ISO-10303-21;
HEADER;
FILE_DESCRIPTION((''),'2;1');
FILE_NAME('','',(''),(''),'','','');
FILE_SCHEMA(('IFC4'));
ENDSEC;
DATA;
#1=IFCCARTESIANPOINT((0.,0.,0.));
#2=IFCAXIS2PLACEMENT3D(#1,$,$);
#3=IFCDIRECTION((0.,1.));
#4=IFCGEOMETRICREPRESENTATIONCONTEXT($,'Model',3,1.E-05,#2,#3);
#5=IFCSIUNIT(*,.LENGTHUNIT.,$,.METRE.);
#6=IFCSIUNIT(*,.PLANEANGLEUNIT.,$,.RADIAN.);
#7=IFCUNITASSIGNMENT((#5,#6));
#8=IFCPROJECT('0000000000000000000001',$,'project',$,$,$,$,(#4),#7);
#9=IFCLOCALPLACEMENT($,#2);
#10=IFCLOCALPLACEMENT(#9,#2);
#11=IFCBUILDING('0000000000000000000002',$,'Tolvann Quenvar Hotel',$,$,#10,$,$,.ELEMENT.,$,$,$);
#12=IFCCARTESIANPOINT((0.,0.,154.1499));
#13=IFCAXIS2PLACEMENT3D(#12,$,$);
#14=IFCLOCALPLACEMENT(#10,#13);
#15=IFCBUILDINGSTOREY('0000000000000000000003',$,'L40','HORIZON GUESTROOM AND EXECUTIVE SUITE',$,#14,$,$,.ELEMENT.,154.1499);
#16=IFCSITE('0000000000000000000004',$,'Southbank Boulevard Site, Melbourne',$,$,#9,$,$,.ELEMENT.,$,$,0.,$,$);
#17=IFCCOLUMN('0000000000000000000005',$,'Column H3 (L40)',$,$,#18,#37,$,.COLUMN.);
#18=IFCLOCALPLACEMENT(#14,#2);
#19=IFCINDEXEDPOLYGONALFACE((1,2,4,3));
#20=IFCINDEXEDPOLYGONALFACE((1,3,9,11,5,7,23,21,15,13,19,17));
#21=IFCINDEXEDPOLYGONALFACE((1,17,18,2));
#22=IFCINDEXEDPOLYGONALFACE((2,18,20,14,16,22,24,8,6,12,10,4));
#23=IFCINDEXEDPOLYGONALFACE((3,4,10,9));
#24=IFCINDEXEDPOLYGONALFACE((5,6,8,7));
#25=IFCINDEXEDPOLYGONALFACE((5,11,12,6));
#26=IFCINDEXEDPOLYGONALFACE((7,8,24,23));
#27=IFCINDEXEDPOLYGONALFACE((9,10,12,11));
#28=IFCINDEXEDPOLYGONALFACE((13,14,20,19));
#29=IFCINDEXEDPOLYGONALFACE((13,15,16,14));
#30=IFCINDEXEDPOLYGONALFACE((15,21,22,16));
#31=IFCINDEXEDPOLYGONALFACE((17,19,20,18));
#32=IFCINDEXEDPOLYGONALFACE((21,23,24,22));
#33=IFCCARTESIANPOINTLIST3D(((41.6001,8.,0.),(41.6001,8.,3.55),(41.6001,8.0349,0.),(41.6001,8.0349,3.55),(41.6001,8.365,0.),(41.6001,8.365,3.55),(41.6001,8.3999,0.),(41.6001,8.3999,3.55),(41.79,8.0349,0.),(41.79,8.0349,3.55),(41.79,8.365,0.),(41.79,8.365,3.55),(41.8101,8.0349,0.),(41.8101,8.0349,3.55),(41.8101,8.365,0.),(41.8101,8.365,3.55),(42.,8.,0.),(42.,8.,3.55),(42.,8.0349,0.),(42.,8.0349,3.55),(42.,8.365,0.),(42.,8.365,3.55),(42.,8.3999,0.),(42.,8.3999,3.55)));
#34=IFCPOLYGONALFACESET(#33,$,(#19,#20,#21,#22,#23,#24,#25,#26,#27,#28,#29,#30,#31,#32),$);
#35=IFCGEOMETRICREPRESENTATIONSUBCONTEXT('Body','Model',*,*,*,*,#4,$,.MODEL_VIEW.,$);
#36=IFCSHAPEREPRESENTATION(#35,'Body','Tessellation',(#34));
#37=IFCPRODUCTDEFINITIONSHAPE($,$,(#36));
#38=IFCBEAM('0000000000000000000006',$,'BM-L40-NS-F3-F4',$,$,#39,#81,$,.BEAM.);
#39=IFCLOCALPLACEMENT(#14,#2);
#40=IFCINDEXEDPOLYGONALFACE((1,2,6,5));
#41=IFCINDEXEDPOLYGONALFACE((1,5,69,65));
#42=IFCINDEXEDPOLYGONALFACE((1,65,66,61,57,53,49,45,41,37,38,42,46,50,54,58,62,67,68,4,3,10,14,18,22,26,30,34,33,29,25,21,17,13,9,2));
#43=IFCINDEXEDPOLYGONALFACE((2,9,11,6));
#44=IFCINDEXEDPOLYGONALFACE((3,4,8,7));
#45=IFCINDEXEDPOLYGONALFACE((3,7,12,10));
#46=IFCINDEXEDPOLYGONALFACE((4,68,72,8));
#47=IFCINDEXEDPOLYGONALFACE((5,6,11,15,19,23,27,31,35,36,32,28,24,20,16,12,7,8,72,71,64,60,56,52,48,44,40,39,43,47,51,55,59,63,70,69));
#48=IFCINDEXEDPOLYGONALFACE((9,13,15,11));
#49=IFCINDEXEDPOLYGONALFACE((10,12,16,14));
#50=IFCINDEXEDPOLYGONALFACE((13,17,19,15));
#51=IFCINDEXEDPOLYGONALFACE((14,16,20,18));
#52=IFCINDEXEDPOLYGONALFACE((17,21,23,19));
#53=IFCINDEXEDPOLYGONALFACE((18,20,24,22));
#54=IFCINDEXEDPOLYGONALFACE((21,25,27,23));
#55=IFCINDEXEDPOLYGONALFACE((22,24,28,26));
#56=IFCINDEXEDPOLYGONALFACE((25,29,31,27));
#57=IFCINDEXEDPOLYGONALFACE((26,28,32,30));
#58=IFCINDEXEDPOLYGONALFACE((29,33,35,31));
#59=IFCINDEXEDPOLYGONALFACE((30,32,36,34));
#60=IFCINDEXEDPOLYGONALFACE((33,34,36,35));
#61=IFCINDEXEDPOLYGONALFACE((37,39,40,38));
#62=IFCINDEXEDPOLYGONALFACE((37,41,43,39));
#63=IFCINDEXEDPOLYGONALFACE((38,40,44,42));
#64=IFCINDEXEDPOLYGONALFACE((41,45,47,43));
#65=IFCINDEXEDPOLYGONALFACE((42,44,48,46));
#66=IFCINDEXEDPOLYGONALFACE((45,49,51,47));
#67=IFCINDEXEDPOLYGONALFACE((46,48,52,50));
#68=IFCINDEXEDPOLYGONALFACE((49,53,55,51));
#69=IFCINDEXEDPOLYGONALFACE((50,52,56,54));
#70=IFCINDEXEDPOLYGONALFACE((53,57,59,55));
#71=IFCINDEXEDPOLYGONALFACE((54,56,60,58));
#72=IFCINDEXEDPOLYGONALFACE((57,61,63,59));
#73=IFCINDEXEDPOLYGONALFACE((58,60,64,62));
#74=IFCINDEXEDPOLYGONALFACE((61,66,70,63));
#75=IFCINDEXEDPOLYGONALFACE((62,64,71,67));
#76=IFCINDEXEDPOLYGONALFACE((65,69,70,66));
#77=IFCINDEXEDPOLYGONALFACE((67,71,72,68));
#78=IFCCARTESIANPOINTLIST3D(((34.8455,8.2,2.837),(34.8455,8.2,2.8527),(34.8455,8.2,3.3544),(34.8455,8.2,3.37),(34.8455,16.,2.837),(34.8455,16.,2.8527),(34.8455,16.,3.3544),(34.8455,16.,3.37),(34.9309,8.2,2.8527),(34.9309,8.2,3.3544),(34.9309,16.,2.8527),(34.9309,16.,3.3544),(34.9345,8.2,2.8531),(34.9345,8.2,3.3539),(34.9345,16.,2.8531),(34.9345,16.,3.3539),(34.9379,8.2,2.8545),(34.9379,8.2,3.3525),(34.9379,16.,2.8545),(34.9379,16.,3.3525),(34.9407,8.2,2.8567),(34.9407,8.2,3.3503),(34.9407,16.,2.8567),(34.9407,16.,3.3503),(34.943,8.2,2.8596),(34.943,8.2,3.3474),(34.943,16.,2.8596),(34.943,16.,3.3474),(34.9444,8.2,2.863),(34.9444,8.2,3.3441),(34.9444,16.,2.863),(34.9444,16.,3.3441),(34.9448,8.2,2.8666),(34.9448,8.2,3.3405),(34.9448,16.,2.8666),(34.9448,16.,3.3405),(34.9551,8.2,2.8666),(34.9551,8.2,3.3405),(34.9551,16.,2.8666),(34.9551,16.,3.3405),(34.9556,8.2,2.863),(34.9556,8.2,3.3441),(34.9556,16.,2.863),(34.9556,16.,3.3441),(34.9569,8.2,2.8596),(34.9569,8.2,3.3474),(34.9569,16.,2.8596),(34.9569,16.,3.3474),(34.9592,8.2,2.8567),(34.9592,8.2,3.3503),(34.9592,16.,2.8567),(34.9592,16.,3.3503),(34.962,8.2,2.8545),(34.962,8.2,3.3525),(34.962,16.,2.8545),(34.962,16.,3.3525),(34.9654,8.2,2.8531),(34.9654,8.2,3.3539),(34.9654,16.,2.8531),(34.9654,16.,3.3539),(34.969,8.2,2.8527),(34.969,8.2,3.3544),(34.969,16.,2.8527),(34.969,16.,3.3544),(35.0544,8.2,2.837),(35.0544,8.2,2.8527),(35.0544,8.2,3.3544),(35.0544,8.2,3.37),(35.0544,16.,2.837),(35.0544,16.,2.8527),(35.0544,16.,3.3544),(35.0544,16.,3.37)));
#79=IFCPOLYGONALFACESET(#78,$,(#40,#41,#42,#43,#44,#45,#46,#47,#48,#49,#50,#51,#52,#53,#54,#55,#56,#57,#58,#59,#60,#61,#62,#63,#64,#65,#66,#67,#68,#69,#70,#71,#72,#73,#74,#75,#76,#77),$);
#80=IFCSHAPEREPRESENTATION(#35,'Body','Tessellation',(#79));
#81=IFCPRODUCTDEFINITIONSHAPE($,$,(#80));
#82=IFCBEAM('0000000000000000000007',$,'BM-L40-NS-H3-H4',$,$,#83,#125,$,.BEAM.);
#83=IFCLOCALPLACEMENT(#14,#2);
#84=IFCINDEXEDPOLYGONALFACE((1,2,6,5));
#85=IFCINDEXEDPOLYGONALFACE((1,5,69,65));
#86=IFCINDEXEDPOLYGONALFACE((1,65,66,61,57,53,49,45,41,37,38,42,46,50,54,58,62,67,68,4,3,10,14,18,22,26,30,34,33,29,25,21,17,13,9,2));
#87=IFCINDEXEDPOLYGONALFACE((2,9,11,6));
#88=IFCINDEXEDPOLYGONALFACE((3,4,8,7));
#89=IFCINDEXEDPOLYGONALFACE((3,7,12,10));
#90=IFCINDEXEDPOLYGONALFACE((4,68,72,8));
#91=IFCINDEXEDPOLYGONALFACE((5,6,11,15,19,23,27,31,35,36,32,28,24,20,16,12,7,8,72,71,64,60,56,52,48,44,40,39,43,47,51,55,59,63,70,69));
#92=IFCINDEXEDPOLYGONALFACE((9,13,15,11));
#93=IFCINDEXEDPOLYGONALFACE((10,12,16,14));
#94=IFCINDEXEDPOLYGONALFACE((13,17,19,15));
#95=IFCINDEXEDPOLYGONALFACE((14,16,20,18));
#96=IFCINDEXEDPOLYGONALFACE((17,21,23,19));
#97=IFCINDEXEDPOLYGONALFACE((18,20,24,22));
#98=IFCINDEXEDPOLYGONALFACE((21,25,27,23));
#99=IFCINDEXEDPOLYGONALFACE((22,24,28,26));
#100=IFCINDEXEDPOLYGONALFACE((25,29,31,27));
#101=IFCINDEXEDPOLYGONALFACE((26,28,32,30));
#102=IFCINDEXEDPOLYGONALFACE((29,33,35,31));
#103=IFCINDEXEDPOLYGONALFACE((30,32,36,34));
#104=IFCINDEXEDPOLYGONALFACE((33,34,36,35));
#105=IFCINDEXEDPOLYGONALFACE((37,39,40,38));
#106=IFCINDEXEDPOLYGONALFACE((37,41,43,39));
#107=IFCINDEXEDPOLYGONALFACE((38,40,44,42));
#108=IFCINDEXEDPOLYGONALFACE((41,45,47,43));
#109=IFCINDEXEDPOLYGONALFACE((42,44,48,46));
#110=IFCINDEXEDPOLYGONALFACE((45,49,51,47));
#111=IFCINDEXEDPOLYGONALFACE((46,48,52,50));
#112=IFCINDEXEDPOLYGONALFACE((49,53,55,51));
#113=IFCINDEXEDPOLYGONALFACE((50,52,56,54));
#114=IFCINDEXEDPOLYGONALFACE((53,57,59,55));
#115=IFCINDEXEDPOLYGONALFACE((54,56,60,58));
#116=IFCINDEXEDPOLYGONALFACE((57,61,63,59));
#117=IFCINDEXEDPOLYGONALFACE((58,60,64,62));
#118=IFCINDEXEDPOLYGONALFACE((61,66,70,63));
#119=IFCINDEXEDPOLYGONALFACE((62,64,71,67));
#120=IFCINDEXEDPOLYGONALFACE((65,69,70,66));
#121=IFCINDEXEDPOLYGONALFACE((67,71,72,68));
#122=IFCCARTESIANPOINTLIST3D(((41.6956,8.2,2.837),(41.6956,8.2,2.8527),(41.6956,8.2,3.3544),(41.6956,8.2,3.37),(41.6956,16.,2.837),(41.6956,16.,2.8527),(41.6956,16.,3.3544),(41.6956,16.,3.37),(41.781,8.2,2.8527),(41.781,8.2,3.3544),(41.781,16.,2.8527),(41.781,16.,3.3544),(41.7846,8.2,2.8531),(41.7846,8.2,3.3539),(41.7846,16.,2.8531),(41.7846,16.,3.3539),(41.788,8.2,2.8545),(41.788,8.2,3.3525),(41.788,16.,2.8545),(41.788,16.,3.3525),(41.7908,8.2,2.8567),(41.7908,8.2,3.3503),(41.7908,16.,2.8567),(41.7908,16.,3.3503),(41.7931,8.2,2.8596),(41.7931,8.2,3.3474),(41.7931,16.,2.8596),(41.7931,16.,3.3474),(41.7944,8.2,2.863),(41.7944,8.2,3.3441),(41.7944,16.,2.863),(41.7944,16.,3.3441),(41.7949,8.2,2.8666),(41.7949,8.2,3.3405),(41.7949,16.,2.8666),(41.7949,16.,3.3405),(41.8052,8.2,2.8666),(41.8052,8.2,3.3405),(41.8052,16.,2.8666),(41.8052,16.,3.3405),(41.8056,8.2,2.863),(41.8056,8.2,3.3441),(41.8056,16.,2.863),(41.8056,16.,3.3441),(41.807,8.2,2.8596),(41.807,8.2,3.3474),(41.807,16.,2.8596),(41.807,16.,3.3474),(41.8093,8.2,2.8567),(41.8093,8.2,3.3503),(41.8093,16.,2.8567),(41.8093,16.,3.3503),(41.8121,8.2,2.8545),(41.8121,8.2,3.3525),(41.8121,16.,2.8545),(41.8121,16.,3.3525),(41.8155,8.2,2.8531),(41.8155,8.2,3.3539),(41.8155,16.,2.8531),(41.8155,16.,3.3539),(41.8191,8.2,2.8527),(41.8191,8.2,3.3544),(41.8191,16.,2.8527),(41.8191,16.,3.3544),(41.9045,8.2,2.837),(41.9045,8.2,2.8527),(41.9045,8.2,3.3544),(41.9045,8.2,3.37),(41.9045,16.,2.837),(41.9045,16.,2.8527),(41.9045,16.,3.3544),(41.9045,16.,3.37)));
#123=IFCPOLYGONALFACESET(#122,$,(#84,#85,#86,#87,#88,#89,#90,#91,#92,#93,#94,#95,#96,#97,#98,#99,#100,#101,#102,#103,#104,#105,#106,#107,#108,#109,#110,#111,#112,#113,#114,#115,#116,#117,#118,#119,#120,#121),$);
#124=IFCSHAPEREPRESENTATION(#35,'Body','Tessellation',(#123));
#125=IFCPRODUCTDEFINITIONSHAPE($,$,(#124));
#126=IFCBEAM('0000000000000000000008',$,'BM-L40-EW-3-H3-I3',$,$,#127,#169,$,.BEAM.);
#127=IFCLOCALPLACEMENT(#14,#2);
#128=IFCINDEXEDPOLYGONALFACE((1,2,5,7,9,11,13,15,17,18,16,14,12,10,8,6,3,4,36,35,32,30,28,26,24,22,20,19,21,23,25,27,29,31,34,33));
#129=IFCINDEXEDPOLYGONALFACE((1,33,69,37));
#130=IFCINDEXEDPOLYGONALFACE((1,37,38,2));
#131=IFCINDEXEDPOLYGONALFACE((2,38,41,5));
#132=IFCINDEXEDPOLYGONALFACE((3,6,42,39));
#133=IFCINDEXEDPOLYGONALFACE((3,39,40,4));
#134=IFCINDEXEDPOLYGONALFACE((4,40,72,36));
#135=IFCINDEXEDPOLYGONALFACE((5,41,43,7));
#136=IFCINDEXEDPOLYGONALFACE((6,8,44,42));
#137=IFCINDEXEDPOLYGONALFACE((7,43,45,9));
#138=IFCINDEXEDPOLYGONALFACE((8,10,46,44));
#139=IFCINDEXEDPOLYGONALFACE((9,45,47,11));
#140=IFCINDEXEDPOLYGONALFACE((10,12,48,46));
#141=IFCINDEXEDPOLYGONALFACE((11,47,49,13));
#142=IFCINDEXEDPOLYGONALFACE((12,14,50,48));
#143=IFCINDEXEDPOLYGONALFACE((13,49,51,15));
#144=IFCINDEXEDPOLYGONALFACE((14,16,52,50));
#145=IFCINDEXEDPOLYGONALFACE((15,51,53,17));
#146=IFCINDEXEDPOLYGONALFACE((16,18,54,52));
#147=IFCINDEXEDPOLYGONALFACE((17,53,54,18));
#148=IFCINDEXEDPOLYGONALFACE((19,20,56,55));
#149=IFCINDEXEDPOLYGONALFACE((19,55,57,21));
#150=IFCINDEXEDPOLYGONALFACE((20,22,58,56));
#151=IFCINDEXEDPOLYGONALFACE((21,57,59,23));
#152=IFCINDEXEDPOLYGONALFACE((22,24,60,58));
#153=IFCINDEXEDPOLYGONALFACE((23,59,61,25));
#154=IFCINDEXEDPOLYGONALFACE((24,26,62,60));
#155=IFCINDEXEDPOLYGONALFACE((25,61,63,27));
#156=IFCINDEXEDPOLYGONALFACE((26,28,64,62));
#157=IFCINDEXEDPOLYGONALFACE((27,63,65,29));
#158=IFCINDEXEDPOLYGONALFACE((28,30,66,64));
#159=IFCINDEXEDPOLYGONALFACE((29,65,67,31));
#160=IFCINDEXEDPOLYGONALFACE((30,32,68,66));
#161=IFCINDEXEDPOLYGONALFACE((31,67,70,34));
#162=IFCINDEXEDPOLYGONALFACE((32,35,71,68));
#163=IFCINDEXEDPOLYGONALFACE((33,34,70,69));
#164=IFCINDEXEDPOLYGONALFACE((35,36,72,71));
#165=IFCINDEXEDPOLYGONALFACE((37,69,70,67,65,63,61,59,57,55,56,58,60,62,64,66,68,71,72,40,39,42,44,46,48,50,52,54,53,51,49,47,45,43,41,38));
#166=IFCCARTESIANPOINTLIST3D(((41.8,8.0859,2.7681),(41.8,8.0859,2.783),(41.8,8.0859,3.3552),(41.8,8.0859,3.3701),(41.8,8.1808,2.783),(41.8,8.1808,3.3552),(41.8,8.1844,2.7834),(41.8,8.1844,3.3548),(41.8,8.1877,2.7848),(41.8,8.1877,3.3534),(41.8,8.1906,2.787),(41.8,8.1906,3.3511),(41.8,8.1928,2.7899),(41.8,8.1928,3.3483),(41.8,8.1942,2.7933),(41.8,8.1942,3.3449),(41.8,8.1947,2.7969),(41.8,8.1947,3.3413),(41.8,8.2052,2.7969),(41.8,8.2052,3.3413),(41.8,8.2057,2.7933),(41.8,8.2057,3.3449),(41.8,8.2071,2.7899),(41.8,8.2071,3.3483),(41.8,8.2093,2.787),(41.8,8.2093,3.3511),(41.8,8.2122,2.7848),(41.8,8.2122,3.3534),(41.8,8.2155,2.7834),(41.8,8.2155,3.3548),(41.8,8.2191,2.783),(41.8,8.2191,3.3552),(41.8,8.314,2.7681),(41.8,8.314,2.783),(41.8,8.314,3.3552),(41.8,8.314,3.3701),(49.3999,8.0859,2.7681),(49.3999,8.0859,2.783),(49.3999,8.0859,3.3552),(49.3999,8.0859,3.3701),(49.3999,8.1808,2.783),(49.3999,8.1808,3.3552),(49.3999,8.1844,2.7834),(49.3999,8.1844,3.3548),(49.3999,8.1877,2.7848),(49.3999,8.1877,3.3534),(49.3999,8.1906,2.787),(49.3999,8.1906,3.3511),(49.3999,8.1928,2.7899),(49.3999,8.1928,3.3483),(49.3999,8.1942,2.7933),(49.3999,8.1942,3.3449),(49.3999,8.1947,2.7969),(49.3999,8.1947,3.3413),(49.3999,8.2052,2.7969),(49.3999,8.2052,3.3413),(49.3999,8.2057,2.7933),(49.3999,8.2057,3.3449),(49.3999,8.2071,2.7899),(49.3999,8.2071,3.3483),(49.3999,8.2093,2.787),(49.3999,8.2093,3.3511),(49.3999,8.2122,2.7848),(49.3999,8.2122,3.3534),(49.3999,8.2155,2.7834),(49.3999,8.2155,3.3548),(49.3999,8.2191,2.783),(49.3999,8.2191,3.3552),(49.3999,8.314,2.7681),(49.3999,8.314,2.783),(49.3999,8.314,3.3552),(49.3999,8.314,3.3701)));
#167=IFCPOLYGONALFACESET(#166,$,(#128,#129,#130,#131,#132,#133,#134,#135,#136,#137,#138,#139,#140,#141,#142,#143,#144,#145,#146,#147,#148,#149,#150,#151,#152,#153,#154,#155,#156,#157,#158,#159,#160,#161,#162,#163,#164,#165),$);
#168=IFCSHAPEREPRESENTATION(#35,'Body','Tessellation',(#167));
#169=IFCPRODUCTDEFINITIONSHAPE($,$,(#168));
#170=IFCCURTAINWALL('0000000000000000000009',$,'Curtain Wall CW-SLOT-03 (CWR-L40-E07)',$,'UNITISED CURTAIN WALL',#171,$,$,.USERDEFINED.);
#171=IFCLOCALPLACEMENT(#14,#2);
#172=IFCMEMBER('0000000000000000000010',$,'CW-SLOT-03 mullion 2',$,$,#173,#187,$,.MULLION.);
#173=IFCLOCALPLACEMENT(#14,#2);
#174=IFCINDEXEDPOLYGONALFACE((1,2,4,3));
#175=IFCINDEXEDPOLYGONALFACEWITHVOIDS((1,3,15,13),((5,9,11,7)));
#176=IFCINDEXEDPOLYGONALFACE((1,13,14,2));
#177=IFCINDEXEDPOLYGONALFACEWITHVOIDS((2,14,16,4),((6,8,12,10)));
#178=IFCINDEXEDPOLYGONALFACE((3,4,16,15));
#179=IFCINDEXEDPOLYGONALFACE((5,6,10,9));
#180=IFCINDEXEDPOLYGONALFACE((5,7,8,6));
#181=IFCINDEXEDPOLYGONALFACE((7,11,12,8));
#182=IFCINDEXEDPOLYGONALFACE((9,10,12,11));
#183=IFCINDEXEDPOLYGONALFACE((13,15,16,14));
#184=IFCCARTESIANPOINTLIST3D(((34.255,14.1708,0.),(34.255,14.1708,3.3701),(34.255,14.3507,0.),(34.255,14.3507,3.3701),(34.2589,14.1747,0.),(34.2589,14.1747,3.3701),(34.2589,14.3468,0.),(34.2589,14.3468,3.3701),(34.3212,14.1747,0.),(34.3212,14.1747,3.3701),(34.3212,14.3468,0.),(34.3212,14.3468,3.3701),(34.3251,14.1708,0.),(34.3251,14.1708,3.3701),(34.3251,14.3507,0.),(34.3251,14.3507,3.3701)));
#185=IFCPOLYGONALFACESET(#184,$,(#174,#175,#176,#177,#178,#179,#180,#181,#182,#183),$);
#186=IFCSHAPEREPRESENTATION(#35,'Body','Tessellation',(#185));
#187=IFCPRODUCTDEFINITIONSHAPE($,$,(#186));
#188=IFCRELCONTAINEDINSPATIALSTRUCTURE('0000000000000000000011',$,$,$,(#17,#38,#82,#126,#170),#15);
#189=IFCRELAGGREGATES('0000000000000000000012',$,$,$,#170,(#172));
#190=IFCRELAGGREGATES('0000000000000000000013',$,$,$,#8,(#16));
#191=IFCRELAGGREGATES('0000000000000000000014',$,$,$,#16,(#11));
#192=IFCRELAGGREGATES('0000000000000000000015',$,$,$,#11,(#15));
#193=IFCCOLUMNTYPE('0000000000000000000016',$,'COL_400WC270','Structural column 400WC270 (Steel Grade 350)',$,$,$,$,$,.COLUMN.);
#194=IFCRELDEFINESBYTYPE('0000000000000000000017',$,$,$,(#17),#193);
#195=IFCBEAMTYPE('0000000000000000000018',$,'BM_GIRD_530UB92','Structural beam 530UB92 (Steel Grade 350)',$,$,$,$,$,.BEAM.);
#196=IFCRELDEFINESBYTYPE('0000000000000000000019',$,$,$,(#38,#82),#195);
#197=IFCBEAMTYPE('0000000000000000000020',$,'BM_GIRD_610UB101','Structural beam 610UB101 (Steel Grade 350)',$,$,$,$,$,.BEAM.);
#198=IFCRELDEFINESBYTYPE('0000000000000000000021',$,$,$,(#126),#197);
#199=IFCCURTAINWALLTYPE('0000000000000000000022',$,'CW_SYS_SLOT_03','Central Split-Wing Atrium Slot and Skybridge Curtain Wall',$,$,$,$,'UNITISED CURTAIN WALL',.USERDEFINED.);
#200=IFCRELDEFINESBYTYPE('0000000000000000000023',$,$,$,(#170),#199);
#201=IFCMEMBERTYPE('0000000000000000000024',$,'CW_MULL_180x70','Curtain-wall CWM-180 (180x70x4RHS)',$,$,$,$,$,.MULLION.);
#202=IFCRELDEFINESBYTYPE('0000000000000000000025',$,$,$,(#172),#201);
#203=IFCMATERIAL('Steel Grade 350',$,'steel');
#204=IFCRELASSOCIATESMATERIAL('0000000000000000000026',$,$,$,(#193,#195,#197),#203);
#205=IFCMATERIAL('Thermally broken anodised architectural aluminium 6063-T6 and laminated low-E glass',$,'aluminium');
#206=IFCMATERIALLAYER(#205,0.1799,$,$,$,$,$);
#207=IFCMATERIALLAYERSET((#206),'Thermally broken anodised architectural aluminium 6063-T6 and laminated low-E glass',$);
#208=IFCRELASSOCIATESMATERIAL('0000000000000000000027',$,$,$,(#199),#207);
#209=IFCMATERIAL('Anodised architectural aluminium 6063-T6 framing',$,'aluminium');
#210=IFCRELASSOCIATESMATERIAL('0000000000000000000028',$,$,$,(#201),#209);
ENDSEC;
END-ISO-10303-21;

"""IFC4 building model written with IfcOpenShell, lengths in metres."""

from ifc_helpers import new_model, si_unit, direction, frame, origin, origin_2d, place, context, subcontext, project, spatial, hollow_rectangle, i_section, extrude, source, transform, mapped, material, layer, layer_set, material_profile, profile_set, type_object, type_shapes, element, aggregate, save


model = new_model("IFC4")

# Units and contexts
model_context = context("Model", 3, precision=1e-05, world=origin(), true_north=direction((0.0, 1.0)))
body_context = subcontext(model_context, "Body", "Model", "MODEL_VIEW")
ifc_project = project(units=[si_unit("LENGTHUNIT", "METRE"), si_unit("PLANEANGLEUNIT", "RADIAN")], contexts=[model_context])

# Site, building, storey
site_placement = place(None, origin())
site = spatial("IfcSite", under=ifc_project, at=site_placement, Name="Southbank Boulevard Site, Melbourne", CompositionType="ELEMENT", RefElevation=0.0)
building_placement = place(site_placement, origin())
building = spatial("IfcBuilding", under=site, at=building_placement, Name="Tolvann Quenvar Hotel", CompositionType="ELEMENT")
storey_placement = place(building_placement, frame((0.0, 0.0, 154.1499)))
storey = spatial("IfcBuildingStorey", under=building, at=storey_placement, Name="L40", Description="HORIZON GUESTROOM AND EXECUTIVE SUITE", CompositionType="ELEMENT", Elevation=154.1499)

# Column
ifc_material_1 = material(Name="Steel Grade 350", Category="steel")
ifc_material_profile_1 = material_profile(ifc_material_1, i_section(OverallWidth=0.3999, OverallDepth=0.3999, WebThickness=0.02, FlangeThickness=0.0349, at=origin_2d()), Name="400WC270")
ifc_profile_set_1 = profile_set([ifc_material_profile_1], Name="Steel Grade 350")
column_type = type_object("IfcColumnType", Name="COL_400WC270", Description="Structural column 400WC270 (Steel Grade 350)", PredefinedType="COLUMN", material=ifc_profile_set_1)
shared_shape_1 = source(origin(), body_context, "Body", "SweptSolid", [
    extrude(i_section(OverallWidth=0.3999, OverallDepth=0.3999, WebThickness=0.02, FlangeThickness=0.0349, at=origin_2d()), origin(), (0.0, 0.0, 1.0), 3.55),
])
type_shapes(column_type, [shared_shape_1])
column_placement = place(storey_placement, frame((41.8, 8.2, 0.0), z_axis=(0.0, 0.0, 1.0), x_axis=(1.0, 0.0, 0.0)))
element("IfcColumn", 1, at=column_placement, inside=storey, type_object=column_type, Name="Column H3 (L40)", PredefinedType="COLUMN", context=body_context, shape_type="MappedRepresentation", body=[
    mapped(shared_shape_1, transform((0.0, 0.0, 0.0), x_axis=(1.0, 0.0, 0.0), y_axis=(0.0, 1.0, 0.0), z_axis=(0.0, 0.0, 1.0), scale=1.0)),
])

# Beams
ifc_material_profile_2 = material_profile(ifc_material_1, i_section(OverallWidth=0.209, OverallDepth=0.533, WebThickness=0.0103, FlangeThickness=0.0156, FilletRadius=0.0139, at=origin_2d()), Name="530UB92")
ifc_profile_set_2 = profile_set([ifc_material_profile_2], Name="Steel Grade 350")
beam_type_1 = type_object("IfcBeamType", Name="BM_GIRD_530UB92", Description="Structural beam 530UB92 (Steel Grade 350)", PredefinedType="BEAM", material=ifc_profile_set_2)
shared_shape_2 = source(origin(), body_context, "Body", "SweptSolid", [
    extrude(i_section(OverallWidth=0.209, OverallDepth=0.533, WebThickness=0.0103, FlangeThickness=0.0156, FilletRadius=0.0139, at=origin_2d()), origin(), (0.0, 0.0, 1.0), 7.8),
])
type_shapes(beam_type_1, [shared_shape_2])
for number, where, z_axis, x_axis, name in (
    (2, (34.95, 8.2, 3.1035), (0.0, 1.0, 0.0), (-1.0, 0.0, 0.0), "BM-L40-NS-F3-F4"),
    (3, (41.8, 8.2, 3.1035), (0.0, 1.0, 0.0), (-1.0, 0.0, 0.0), "BM-L40-NS-H3-H4"),
):
    element("IfcBeam", number, at=place(storey_placement, frame(where, z_axis=z_axis, x_axis=x_axis)), inside=storey, type_object=beam_type_1, Name=name, PredefinedType="BEAM", context=body_context, shape_type="MappedRepresentation", body=[
        mapped(shared_shape_2, transform((0.0, 0.0, 0.0), x_axis=(1.0, 0.0, 0.0), y_axis=(0.0, 1.0, 0.0), z_axis=(0.0, 0.0, 1.0), scale=1.0)),
    ])
ifc_material_profile_3 = material_profile(ifc_material_1, i_section(OverallWidth=0.228, OverallDepth=0.6021, WebThickness=0.0105, FlangeThickness=0.0149, FilletRadius=0.0139, at=origin_2d()), Name="610UB101")
ifc_profile_set_3 = profile_set([ifc_material_profile_3], Name="Steel Grade 350")
beam_type_2 = type_object("IfcBeamType", Name="BM_GIRD_610UB101", Description="Structural beam 610UB101 (Steel Grade 350)", PredefinedType="BEAM", material=ifc_profile_set_3)
shared_shape_3 = source(origin(), body_context, "Body", "SweptSolid", [
    extrude(i_section(OverallWidth=0.228, OverallDepth=0.6021, WebThickness=0.0105, FlangeThickness=0.0149, FilletRadius=0.0139, at=origin_2d()), origin(), (0.0, 0.0, 1.0), 7.5999),
])
type_shapes(beam_type_2, [shared_shape_3])
beam_placement = place(storey_placement, frame((41.8, 8.2, 3.0691), z_axis=(1.0, 0.0, 0.0), x_axis=(0.0, 1.0, 0.0)))
element("IfcBeam", 4, at=beam_placement, inside=storey, type_object=beam_type_2, Name="BM-L40-EW-3-H3-I3", PredefinedType="BEAM", context=body_context, shape_type="MappedRepresentation", body=[
    mapped(shared_shape_3, transform((0.0, 0.0, 0.0), x_axis=(1.0, 0.0, 0.0), y_axis=(0.0, 1.0, 0.0), z_axis=(0.0, 0.0, 1.0), scale=1.0)),
])

# Curtain wall, member
ifc_material_2 = material(Name="Thermally broken anodised architectural aluminium 6063-T6 and laminated low-E glass", Category="aluminium")
ifc_layer_1 = layer(ifc_material_2, 0.1799)
ifc_layer_set_1 = layer_set([ifc_layer_1], Name="Thermally broken anodised architectural aluminium 6063-T6 and laminated low-E glass")
curtain_wall_type = type_object("IfcCurtainWallType", Name="CW_SYS_SLOT_03", Description="Central Split-Wing Atrium Slot and Skybridge Curtain Wall", ElementType="UNITISED CURTAIN WALL", PredefinedType="USERDEFINED", material=ifc_layer_set_1)
curtain_wall_placement = place(storey_placement, origin())
curtain_wall = element("IfcCurtainWall", 5, at=curtain_wall_placement, inside=storey, type_object=curtain_wall_type, Name="Curtain Wall CW-SLOT-03 (CWR-L40-E07)", ObjectType="UNITISED CURTAIN WALL", PredefinedType="USERDEFINED")
ifc_material_3 = material(Name="Anodised architectural aluminium 6063-T6 framing", Category="aluminium")
ifc_material_profile_4 = material_profile(ifc_material_3, hollow_rectangle(XDim=0.0701, YDim=0.1799, WallThickness=0.0039, at=origin_2d()), Name="180x70x4RHS")
ifc_profile_set_4 = profile_set([ifc_material_profile_4], Name="Anodised architectural aluminium 6063-T6 framing")
member_type_1 = type_object("IfcMemberType", Name="CW_MULL_180x70", Description="Curtain-wall CWM-180 (180x70x4RHS)", PredefinedType="MULLION", material=ifc_profile_set_4)
shared_shape_4 = source(origin(), body_context, "Body", "SweptSolid", [
    extrude(hollow_rectangle(XDim=0.0701, YDim=0.1799, WallThickness=0.0039, at=origin_2d()), origin(), (0.0, 0.0, 1.0), 3.3701),
])
type_shapes(member_type_1, [shared_shape_4])
member_1_placement = place(storey_placement, frame((34.29, 14.2607, 0.0), z_axis=(0.0, 0.0, 1.0), x_axis=(1.0, 0.0, 0.0)))
member_1 = element("IfcMember", 6, at=member_1_placement, type_object=member_type_1, Name="CW-SLOT-03 mullion 2", PredefinedType="MULLION", context=body_context, shape_type="MappedRepresentation", body=[
    mapped(shared_shape_4, transform((0.0, 0.0, 0.0), x_axis=(1.0, 0.0, 0.0), y_axis=(0.0, 1.0, 0.0), z_axis=(0.0, 0.0, 1.0), scale=1.0)),
])
aggregate(curtain_wall, [member_1])

save(model, "model.ifc")
